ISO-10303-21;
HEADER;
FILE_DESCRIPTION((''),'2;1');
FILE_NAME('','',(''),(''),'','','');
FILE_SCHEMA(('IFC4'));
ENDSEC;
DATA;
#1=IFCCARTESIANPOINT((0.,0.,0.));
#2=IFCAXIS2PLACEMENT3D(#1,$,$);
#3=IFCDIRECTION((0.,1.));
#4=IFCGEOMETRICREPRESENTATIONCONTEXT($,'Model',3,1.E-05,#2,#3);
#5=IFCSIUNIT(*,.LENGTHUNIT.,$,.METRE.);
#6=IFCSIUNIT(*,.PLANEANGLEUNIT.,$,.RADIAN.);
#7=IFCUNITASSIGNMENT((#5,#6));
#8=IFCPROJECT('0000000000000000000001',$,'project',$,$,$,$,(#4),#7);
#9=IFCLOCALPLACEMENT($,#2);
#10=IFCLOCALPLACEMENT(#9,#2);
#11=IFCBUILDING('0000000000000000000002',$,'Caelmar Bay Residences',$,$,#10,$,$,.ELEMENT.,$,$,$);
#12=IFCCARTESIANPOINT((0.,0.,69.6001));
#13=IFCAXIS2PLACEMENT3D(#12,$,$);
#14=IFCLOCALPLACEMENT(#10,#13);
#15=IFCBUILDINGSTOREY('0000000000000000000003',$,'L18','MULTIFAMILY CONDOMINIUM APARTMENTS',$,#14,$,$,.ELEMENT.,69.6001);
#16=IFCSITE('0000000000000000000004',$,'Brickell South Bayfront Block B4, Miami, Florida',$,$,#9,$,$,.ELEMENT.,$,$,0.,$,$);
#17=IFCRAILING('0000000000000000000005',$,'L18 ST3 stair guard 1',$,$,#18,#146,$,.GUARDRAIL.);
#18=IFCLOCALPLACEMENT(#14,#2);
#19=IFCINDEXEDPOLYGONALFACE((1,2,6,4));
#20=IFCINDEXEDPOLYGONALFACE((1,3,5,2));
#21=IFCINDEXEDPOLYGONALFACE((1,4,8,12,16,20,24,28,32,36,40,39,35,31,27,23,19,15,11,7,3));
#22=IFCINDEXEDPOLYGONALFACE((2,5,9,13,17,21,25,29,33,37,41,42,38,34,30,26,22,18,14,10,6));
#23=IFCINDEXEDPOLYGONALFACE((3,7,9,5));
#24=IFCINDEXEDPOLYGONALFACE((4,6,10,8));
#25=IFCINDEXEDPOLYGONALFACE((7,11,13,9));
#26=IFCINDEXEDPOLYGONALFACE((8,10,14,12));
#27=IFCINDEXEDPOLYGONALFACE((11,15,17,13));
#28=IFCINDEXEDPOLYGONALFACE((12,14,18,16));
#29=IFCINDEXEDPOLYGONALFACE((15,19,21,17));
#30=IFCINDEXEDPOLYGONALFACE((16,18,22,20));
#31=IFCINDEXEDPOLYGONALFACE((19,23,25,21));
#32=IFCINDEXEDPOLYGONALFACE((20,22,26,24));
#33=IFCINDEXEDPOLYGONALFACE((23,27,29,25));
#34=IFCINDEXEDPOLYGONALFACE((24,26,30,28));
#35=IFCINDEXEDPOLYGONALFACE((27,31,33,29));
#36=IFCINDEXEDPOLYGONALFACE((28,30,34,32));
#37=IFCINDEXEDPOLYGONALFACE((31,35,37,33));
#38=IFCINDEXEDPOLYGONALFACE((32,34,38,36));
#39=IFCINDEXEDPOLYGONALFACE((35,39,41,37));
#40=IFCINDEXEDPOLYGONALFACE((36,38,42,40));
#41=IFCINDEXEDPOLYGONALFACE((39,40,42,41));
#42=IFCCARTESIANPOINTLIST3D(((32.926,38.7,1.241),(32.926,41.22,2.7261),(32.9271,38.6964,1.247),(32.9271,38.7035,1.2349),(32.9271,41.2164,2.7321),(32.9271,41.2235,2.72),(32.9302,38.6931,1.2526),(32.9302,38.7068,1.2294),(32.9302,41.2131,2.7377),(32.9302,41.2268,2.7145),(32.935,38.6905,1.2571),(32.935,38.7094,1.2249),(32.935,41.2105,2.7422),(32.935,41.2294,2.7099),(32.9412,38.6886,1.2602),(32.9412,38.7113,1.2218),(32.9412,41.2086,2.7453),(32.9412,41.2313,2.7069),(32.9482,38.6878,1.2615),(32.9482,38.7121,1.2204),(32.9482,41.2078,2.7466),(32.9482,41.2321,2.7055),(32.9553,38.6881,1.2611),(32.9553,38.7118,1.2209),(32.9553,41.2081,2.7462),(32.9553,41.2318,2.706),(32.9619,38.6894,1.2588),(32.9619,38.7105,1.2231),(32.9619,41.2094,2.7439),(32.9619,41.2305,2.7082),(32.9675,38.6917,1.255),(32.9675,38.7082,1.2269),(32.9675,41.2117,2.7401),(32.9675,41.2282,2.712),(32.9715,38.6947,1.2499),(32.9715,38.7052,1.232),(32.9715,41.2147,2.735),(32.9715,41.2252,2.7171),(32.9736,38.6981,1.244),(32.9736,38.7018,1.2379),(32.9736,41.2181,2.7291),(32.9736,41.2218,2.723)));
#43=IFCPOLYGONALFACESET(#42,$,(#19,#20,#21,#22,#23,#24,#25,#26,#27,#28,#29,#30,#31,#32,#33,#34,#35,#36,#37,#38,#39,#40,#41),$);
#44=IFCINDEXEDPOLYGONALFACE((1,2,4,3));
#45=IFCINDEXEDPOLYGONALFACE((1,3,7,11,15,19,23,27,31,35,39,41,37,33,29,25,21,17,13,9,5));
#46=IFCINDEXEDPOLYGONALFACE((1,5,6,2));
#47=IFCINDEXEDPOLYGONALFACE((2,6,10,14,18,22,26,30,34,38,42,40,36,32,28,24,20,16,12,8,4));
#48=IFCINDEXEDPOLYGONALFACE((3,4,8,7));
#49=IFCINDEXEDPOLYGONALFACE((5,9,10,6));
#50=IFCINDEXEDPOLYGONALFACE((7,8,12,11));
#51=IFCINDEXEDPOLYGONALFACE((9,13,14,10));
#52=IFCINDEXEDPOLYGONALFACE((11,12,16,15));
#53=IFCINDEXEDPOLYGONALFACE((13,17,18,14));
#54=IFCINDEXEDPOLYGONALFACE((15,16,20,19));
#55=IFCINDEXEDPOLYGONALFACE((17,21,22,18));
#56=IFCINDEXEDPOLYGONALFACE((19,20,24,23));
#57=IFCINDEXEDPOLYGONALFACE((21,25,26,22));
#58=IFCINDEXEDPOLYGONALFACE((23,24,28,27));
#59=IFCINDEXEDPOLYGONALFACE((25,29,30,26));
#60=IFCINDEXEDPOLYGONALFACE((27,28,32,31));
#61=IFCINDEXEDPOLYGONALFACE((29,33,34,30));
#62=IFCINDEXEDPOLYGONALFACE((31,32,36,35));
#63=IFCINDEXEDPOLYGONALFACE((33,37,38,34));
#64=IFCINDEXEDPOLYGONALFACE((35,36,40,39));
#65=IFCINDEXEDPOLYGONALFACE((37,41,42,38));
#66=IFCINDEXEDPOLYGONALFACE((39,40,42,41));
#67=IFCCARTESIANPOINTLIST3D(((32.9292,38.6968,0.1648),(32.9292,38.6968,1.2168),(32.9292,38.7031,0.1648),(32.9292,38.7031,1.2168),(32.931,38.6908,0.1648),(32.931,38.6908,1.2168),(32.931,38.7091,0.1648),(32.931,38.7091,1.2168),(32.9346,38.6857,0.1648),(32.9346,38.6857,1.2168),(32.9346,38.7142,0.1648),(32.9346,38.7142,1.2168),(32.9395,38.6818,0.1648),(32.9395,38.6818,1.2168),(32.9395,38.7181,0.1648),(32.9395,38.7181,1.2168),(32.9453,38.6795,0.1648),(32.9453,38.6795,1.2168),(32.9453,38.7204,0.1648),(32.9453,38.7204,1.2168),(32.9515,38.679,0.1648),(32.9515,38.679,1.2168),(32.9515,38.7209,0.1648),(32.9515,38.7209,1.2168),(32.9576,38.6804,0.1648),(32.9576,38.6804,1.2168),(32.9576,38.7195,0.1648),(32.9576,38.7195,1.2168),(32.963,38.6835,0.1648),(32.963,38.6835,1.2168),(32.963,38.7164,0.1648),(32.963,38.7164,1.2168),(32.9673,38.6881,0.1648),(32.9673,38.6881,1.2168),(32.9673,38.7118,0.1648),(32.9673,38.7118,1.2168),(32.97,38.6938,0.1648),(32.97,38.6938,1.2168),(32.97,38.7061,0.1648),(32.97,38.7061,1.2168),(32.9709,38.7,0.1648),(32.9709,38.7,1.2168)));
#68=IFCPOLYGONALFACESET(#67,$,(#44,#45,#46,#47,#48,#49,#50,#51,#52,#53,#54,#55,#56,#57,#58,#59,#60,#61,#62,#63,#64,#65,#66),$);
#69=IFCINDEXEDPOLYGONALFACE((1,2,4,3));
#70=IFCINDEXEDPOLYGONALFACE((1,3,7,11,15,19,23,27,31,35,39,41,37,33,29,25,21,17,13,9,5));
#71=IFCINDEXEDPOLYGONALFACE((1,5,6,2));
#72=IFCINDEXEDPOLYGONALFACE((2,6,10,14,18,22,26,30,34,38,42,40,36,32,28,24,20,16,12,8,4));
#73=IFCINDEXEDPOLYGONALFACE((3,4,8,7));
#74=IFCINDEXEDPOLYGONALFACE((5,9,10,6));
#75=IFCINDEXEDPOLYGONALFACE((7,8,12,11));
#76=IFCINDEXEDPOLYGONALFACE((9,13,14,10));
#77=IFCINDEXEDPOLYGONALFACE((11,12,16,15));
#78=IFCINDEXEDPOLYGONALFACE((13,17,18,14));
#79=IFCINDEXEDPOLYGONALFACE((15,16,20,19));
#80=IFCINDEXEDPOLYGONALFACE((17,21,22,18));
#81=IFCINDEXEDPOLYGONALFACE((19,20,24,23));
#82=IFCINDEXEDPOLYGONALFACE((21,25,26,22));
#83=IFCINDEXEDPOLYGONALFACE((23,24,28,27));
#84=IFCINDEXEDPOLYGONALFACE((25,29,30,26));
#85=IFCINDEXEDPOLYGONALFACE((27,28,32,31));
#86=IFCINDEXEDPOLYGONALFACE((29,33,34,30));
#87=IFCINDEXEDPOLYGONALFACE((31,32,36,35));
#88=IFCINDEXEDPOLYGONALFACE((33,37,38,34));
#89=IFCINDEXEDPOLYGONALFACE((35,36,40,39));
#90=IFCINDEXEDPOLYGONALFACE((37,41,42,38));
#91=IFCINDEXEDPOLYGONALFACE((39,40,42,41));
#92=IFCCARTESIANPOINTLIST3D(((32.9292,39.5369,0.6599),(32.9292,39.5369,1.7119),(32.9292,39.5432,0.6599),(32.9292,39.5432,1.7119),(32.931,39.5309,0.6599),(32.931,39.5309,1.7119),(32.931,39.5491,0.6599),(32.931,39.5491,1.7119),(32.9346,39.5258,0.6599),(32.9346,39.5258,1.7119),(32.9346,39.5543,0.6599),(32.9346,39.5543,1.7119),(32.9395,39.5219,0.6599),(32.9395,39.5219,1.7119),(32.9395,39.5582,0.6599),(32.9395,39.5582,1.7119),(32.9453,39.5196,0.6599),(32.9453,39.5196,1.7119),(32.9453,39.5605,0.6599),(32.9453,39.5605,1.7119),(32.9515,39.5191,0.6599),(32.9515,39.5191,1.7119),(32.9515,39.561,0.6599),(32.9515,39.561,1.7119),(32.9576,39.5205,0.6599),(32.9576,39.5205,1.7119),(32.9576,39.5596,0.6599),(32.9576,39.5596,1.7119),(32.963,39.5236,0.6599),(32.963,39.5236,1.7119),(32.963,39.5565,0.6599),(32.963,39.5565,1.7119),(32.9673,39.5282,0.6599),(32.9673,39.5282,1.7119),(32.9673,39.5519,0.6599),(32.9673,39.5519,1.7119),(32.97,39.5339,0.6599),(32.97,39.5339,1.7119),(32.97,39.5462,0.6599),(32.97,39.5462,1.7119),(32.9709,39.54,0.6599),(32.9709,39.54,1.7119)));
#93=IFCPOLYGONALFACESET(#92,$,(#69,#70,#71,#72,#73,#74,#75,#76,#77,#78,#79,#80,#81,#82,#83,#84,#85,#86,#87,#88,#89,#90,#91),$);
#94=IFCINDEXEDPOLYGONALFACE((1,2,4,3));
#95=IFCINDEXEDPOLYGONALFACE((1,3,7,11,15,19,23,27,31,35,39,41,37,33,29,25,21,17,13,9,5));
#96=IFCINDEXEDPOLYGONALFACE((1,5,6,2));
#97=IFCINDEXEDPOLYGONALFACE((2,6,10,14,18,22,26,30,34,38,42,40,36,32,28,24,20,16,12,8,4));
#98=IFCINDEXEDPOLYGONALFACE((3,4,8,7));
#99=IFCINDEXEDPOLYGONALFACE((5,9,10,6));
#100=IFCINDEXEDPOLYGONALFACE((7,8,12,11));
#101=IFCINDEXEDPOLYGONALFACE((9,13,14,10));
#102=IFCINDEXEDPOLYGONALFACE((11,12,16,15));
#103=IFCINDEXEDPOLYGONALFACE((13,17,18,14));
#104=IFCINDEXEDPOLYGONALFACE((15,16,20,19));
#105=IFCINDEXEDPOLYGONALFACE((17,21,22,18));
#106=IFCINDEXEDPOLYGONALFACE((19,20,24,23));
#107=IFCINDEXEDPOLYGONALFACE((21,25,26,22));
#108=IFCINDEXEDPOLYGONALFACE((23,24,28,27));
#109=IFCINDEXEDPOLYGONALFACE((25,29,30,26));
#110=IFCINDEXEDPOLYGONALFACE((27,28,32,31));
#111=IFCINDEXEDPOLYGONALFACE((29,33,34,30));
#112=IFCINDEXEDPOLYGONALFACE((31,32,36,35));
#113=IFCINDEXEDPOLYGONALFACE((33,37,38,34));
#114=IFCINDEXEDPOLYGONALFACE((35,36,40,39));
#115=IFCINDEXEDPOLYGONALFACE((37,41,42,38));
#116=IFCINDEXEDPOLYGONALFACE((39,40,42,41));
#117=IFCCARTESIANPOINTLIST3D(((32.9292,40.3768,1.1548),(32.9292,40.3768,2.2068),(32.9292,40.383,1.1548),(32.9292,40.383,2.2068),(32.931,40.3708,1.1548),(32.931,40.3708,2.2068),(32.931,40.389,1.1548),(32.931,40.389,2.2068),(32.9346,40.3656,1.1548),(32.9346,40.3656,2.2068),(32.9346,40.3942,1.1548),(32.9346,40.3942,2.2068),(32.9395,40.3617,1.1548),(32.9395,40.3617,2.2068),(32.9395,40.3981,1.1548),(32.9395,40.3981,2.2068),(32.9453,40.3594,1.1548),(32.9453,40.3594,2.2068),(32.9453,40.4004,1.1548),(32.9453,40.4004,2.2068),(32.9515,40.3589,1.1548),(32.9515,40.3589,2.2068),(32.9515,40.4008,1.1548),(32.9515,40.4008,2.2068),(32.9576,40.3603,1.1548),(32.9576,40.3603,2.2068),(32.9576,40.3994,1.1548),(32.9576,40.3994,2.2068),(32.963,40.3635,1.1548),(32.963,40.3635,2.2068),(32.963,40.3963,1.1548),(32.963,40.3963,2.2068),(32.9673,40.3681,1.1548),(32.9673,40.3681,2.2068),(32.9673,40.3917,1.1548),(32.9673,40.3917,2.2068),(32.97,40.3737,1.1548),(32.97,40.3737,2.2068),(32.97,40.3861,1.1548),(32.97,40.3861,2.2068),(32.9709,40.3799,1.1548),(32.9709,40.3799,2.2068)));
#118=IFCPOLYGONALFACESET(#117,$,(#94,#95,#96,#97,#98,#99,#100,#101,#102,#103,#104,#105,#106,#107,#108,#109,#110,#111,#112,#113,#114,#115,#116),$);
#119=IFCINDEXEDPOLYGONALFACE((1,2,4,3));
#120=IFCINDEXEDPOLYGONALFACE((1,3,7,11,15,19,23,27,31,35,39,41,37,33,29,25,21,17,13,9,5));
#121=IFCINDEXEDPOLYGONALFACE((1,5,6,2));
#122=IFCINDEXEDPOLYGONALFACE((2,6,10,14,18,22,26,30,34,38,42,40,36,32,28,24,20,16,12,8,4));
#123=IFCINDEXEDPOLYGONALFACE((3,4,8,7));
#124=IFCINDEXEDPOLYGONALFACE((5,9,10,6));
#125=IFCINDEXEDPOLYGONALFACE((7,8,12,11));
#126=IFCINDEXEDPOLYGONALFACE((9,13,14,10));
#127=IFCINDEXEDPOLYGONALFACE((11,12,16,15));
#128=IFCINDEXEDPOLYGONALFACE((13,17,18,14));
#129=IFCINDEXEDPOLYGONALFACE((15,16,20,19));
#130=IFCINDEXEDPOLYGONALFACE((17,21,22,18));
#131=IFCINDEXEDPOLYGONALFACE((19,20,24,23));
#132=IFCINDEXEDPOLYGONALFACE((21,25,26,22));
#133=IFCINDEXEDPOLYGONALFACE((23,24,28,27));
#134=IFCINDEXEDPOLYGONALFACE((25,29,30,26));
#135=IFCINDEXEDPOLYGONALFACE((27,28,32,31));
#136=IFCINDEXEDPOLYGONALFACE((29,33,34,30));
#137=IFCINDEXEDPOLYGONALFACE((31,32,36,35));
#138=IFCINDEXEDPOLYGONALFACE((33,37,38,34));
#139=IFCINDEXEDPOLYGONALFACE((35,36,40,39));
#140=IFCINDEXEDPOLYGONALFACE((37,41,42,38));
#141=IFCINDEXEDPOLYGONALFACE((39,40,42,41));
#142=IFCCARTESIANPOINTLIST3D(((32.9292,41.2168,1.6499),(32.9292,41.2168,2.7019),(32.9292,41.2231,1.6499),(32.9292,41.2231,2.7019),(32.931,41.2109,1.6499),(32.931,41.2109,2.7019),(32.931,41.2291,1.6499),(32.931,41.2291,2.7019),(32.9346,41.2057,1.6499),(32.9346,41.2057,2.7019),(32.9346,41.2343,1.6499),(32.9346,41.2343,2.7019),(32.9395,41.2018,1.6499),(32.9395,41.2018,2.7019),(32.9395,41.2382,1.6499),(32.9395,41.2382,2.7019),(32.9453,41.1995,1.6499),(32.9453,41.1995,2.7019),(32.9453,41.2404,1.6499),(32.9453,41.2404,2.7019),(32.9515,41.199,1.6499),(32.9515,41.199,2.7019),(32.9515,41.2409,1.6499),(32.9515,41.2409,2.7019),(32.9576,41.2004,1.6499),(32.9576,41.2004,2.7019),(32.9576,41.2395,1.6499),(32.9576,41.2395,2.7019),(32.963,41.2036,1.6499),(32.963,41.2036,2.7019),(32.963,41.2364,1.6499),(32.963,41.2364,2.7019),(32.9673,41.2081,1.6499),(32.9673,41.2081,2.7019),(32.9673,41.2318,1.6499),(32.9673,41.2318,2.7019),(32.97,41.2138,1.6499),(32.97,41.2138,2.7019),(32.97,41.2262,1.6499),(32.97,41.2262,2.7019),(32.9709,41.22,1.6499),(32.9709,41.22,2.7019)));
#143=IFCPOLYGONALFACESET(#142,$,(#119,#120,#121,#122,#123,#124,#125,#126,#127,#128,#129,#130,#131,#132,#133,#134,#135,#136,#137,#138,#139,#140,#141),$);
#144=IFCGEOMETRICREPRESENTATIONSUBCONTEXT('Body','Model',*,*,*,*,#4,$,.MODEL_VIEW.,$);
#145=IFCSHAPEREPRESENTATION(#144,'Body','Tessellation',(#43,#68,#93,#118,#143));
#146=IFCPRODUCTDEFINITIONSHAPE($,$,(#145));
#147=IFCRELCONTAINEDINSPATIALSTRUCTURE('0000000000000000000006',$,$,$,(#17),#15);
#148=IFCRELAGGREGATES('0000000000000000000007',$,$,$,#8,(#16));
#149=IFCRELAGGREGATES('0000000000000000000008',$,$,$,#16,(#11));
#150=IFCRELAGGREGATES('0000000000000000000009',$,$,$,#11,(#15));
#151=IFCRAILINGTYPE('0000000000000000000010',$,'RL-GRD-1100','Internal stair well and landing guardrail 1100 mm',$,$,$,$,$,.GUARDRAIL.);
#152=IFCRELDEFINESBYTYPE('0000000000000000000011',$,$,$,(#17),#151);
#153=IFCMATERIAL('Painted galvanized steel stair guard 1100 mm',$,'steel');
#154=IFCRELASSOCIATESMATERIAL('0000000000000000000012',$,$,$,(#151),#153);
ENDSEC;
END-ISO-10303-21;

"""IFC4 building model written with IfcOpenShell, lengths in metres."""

from ifc_helpers import new_model, si_unit, direction, frame, origin, origin_2d, place, context, subcontext, project, spatial, circle, extrude, material, type_object, element, save


model = new_model("IFC4")

# Units and contexts
model_context = context("Model", 3, precision=1e-05, world=origin(), true_north=direction((0.0, 1.0)))
body_context = subcontext(model_context, "Body", "Model", "MODEL_VIEW")
ifc_project = project(units=[si_unit("LENGTHUNIT", "METRE"), si_unit("PLANEANGLEUNIT", "RADIAN")], contexts=[model_context])

# Site, building, storey
site_placement = place(None, origin())
site = spatial("IfcSite", under=ifc_project, at=site_placement, Name="Brickell South Bayfront Block B4, Miami, Florida", CompositionType="ELEMENT", RefElevation=0.0)
building_placement = place(site_placement, origin())
building = spatial("IfcBuilding", under=site, at=building_placement, Name="Caelmar Bay Residences", CompositionType="ELEMENT")
storey_placement = place(building_placement, frame((0.0, 0.0, 69.6001)))
storey = spatial("IfcBuildingStorey", under=building, at=storey_placement, Name="L18", Description="MULTIFAMILY CONDOMINIUM APARTMENTS", CompositionType="ELEMENT", Elevation=69.6001)

# Railing
ifc_material_1 = material(Name="Painted galvanized steel stair guard 1100 mm", Category="steel")
railing_type_1 = type_object("IfcRailingType", Name="RL-GRD-1100", Description="Internal stair well and landing guardrail 1100 mm", PredefinedType="GUARDRAIL", material=ifc_material_1)
railing_1_placement = place(storey_placement, frame((32.95, 38.7, 0.1648)))
element("IfcRailing", 1, at=railing_1_placement, inside=storey, type_object=railing_type_1, Name="L18 ST3 stair guard 1", PredefinedType="GUARDRAIL", context=body_context, shape_type="SweptSolid", body=[
    extrude(circle(Radius=0.0239, at=origin_2d()), frame((0.0, 0.0, 1.0762), z_axis=(0.0, 0.861524, 0.507717), x_axis=(-1.0, 0.0, 0.0)), (0.0, 0.0, 1.0), 2.925),
    extrude(circle(Radius=0.021, at=origin_2d()), origin(), (0.0, 0.0, 1.0), 1.052),
    extrude(circle(Radius=0.021, at=origin_2d()), frame((0.0, 0.8401, 0.4951)), (0.0, 0.0, 1.0), 1.052),
    extrude(circle(Radius=0.021, at=origin_2d()), frame((0.0, 1.6799, 0.99)), (0.0, 0.0, 1.0), 1.052),
    extrude(circle(Radius=0.021, at=origin_2d()), frame((0.0, 2.52, 1.4851)), (0.0, 0.0, 1.0), 1.052),
])

save(model, "model.ifc")
